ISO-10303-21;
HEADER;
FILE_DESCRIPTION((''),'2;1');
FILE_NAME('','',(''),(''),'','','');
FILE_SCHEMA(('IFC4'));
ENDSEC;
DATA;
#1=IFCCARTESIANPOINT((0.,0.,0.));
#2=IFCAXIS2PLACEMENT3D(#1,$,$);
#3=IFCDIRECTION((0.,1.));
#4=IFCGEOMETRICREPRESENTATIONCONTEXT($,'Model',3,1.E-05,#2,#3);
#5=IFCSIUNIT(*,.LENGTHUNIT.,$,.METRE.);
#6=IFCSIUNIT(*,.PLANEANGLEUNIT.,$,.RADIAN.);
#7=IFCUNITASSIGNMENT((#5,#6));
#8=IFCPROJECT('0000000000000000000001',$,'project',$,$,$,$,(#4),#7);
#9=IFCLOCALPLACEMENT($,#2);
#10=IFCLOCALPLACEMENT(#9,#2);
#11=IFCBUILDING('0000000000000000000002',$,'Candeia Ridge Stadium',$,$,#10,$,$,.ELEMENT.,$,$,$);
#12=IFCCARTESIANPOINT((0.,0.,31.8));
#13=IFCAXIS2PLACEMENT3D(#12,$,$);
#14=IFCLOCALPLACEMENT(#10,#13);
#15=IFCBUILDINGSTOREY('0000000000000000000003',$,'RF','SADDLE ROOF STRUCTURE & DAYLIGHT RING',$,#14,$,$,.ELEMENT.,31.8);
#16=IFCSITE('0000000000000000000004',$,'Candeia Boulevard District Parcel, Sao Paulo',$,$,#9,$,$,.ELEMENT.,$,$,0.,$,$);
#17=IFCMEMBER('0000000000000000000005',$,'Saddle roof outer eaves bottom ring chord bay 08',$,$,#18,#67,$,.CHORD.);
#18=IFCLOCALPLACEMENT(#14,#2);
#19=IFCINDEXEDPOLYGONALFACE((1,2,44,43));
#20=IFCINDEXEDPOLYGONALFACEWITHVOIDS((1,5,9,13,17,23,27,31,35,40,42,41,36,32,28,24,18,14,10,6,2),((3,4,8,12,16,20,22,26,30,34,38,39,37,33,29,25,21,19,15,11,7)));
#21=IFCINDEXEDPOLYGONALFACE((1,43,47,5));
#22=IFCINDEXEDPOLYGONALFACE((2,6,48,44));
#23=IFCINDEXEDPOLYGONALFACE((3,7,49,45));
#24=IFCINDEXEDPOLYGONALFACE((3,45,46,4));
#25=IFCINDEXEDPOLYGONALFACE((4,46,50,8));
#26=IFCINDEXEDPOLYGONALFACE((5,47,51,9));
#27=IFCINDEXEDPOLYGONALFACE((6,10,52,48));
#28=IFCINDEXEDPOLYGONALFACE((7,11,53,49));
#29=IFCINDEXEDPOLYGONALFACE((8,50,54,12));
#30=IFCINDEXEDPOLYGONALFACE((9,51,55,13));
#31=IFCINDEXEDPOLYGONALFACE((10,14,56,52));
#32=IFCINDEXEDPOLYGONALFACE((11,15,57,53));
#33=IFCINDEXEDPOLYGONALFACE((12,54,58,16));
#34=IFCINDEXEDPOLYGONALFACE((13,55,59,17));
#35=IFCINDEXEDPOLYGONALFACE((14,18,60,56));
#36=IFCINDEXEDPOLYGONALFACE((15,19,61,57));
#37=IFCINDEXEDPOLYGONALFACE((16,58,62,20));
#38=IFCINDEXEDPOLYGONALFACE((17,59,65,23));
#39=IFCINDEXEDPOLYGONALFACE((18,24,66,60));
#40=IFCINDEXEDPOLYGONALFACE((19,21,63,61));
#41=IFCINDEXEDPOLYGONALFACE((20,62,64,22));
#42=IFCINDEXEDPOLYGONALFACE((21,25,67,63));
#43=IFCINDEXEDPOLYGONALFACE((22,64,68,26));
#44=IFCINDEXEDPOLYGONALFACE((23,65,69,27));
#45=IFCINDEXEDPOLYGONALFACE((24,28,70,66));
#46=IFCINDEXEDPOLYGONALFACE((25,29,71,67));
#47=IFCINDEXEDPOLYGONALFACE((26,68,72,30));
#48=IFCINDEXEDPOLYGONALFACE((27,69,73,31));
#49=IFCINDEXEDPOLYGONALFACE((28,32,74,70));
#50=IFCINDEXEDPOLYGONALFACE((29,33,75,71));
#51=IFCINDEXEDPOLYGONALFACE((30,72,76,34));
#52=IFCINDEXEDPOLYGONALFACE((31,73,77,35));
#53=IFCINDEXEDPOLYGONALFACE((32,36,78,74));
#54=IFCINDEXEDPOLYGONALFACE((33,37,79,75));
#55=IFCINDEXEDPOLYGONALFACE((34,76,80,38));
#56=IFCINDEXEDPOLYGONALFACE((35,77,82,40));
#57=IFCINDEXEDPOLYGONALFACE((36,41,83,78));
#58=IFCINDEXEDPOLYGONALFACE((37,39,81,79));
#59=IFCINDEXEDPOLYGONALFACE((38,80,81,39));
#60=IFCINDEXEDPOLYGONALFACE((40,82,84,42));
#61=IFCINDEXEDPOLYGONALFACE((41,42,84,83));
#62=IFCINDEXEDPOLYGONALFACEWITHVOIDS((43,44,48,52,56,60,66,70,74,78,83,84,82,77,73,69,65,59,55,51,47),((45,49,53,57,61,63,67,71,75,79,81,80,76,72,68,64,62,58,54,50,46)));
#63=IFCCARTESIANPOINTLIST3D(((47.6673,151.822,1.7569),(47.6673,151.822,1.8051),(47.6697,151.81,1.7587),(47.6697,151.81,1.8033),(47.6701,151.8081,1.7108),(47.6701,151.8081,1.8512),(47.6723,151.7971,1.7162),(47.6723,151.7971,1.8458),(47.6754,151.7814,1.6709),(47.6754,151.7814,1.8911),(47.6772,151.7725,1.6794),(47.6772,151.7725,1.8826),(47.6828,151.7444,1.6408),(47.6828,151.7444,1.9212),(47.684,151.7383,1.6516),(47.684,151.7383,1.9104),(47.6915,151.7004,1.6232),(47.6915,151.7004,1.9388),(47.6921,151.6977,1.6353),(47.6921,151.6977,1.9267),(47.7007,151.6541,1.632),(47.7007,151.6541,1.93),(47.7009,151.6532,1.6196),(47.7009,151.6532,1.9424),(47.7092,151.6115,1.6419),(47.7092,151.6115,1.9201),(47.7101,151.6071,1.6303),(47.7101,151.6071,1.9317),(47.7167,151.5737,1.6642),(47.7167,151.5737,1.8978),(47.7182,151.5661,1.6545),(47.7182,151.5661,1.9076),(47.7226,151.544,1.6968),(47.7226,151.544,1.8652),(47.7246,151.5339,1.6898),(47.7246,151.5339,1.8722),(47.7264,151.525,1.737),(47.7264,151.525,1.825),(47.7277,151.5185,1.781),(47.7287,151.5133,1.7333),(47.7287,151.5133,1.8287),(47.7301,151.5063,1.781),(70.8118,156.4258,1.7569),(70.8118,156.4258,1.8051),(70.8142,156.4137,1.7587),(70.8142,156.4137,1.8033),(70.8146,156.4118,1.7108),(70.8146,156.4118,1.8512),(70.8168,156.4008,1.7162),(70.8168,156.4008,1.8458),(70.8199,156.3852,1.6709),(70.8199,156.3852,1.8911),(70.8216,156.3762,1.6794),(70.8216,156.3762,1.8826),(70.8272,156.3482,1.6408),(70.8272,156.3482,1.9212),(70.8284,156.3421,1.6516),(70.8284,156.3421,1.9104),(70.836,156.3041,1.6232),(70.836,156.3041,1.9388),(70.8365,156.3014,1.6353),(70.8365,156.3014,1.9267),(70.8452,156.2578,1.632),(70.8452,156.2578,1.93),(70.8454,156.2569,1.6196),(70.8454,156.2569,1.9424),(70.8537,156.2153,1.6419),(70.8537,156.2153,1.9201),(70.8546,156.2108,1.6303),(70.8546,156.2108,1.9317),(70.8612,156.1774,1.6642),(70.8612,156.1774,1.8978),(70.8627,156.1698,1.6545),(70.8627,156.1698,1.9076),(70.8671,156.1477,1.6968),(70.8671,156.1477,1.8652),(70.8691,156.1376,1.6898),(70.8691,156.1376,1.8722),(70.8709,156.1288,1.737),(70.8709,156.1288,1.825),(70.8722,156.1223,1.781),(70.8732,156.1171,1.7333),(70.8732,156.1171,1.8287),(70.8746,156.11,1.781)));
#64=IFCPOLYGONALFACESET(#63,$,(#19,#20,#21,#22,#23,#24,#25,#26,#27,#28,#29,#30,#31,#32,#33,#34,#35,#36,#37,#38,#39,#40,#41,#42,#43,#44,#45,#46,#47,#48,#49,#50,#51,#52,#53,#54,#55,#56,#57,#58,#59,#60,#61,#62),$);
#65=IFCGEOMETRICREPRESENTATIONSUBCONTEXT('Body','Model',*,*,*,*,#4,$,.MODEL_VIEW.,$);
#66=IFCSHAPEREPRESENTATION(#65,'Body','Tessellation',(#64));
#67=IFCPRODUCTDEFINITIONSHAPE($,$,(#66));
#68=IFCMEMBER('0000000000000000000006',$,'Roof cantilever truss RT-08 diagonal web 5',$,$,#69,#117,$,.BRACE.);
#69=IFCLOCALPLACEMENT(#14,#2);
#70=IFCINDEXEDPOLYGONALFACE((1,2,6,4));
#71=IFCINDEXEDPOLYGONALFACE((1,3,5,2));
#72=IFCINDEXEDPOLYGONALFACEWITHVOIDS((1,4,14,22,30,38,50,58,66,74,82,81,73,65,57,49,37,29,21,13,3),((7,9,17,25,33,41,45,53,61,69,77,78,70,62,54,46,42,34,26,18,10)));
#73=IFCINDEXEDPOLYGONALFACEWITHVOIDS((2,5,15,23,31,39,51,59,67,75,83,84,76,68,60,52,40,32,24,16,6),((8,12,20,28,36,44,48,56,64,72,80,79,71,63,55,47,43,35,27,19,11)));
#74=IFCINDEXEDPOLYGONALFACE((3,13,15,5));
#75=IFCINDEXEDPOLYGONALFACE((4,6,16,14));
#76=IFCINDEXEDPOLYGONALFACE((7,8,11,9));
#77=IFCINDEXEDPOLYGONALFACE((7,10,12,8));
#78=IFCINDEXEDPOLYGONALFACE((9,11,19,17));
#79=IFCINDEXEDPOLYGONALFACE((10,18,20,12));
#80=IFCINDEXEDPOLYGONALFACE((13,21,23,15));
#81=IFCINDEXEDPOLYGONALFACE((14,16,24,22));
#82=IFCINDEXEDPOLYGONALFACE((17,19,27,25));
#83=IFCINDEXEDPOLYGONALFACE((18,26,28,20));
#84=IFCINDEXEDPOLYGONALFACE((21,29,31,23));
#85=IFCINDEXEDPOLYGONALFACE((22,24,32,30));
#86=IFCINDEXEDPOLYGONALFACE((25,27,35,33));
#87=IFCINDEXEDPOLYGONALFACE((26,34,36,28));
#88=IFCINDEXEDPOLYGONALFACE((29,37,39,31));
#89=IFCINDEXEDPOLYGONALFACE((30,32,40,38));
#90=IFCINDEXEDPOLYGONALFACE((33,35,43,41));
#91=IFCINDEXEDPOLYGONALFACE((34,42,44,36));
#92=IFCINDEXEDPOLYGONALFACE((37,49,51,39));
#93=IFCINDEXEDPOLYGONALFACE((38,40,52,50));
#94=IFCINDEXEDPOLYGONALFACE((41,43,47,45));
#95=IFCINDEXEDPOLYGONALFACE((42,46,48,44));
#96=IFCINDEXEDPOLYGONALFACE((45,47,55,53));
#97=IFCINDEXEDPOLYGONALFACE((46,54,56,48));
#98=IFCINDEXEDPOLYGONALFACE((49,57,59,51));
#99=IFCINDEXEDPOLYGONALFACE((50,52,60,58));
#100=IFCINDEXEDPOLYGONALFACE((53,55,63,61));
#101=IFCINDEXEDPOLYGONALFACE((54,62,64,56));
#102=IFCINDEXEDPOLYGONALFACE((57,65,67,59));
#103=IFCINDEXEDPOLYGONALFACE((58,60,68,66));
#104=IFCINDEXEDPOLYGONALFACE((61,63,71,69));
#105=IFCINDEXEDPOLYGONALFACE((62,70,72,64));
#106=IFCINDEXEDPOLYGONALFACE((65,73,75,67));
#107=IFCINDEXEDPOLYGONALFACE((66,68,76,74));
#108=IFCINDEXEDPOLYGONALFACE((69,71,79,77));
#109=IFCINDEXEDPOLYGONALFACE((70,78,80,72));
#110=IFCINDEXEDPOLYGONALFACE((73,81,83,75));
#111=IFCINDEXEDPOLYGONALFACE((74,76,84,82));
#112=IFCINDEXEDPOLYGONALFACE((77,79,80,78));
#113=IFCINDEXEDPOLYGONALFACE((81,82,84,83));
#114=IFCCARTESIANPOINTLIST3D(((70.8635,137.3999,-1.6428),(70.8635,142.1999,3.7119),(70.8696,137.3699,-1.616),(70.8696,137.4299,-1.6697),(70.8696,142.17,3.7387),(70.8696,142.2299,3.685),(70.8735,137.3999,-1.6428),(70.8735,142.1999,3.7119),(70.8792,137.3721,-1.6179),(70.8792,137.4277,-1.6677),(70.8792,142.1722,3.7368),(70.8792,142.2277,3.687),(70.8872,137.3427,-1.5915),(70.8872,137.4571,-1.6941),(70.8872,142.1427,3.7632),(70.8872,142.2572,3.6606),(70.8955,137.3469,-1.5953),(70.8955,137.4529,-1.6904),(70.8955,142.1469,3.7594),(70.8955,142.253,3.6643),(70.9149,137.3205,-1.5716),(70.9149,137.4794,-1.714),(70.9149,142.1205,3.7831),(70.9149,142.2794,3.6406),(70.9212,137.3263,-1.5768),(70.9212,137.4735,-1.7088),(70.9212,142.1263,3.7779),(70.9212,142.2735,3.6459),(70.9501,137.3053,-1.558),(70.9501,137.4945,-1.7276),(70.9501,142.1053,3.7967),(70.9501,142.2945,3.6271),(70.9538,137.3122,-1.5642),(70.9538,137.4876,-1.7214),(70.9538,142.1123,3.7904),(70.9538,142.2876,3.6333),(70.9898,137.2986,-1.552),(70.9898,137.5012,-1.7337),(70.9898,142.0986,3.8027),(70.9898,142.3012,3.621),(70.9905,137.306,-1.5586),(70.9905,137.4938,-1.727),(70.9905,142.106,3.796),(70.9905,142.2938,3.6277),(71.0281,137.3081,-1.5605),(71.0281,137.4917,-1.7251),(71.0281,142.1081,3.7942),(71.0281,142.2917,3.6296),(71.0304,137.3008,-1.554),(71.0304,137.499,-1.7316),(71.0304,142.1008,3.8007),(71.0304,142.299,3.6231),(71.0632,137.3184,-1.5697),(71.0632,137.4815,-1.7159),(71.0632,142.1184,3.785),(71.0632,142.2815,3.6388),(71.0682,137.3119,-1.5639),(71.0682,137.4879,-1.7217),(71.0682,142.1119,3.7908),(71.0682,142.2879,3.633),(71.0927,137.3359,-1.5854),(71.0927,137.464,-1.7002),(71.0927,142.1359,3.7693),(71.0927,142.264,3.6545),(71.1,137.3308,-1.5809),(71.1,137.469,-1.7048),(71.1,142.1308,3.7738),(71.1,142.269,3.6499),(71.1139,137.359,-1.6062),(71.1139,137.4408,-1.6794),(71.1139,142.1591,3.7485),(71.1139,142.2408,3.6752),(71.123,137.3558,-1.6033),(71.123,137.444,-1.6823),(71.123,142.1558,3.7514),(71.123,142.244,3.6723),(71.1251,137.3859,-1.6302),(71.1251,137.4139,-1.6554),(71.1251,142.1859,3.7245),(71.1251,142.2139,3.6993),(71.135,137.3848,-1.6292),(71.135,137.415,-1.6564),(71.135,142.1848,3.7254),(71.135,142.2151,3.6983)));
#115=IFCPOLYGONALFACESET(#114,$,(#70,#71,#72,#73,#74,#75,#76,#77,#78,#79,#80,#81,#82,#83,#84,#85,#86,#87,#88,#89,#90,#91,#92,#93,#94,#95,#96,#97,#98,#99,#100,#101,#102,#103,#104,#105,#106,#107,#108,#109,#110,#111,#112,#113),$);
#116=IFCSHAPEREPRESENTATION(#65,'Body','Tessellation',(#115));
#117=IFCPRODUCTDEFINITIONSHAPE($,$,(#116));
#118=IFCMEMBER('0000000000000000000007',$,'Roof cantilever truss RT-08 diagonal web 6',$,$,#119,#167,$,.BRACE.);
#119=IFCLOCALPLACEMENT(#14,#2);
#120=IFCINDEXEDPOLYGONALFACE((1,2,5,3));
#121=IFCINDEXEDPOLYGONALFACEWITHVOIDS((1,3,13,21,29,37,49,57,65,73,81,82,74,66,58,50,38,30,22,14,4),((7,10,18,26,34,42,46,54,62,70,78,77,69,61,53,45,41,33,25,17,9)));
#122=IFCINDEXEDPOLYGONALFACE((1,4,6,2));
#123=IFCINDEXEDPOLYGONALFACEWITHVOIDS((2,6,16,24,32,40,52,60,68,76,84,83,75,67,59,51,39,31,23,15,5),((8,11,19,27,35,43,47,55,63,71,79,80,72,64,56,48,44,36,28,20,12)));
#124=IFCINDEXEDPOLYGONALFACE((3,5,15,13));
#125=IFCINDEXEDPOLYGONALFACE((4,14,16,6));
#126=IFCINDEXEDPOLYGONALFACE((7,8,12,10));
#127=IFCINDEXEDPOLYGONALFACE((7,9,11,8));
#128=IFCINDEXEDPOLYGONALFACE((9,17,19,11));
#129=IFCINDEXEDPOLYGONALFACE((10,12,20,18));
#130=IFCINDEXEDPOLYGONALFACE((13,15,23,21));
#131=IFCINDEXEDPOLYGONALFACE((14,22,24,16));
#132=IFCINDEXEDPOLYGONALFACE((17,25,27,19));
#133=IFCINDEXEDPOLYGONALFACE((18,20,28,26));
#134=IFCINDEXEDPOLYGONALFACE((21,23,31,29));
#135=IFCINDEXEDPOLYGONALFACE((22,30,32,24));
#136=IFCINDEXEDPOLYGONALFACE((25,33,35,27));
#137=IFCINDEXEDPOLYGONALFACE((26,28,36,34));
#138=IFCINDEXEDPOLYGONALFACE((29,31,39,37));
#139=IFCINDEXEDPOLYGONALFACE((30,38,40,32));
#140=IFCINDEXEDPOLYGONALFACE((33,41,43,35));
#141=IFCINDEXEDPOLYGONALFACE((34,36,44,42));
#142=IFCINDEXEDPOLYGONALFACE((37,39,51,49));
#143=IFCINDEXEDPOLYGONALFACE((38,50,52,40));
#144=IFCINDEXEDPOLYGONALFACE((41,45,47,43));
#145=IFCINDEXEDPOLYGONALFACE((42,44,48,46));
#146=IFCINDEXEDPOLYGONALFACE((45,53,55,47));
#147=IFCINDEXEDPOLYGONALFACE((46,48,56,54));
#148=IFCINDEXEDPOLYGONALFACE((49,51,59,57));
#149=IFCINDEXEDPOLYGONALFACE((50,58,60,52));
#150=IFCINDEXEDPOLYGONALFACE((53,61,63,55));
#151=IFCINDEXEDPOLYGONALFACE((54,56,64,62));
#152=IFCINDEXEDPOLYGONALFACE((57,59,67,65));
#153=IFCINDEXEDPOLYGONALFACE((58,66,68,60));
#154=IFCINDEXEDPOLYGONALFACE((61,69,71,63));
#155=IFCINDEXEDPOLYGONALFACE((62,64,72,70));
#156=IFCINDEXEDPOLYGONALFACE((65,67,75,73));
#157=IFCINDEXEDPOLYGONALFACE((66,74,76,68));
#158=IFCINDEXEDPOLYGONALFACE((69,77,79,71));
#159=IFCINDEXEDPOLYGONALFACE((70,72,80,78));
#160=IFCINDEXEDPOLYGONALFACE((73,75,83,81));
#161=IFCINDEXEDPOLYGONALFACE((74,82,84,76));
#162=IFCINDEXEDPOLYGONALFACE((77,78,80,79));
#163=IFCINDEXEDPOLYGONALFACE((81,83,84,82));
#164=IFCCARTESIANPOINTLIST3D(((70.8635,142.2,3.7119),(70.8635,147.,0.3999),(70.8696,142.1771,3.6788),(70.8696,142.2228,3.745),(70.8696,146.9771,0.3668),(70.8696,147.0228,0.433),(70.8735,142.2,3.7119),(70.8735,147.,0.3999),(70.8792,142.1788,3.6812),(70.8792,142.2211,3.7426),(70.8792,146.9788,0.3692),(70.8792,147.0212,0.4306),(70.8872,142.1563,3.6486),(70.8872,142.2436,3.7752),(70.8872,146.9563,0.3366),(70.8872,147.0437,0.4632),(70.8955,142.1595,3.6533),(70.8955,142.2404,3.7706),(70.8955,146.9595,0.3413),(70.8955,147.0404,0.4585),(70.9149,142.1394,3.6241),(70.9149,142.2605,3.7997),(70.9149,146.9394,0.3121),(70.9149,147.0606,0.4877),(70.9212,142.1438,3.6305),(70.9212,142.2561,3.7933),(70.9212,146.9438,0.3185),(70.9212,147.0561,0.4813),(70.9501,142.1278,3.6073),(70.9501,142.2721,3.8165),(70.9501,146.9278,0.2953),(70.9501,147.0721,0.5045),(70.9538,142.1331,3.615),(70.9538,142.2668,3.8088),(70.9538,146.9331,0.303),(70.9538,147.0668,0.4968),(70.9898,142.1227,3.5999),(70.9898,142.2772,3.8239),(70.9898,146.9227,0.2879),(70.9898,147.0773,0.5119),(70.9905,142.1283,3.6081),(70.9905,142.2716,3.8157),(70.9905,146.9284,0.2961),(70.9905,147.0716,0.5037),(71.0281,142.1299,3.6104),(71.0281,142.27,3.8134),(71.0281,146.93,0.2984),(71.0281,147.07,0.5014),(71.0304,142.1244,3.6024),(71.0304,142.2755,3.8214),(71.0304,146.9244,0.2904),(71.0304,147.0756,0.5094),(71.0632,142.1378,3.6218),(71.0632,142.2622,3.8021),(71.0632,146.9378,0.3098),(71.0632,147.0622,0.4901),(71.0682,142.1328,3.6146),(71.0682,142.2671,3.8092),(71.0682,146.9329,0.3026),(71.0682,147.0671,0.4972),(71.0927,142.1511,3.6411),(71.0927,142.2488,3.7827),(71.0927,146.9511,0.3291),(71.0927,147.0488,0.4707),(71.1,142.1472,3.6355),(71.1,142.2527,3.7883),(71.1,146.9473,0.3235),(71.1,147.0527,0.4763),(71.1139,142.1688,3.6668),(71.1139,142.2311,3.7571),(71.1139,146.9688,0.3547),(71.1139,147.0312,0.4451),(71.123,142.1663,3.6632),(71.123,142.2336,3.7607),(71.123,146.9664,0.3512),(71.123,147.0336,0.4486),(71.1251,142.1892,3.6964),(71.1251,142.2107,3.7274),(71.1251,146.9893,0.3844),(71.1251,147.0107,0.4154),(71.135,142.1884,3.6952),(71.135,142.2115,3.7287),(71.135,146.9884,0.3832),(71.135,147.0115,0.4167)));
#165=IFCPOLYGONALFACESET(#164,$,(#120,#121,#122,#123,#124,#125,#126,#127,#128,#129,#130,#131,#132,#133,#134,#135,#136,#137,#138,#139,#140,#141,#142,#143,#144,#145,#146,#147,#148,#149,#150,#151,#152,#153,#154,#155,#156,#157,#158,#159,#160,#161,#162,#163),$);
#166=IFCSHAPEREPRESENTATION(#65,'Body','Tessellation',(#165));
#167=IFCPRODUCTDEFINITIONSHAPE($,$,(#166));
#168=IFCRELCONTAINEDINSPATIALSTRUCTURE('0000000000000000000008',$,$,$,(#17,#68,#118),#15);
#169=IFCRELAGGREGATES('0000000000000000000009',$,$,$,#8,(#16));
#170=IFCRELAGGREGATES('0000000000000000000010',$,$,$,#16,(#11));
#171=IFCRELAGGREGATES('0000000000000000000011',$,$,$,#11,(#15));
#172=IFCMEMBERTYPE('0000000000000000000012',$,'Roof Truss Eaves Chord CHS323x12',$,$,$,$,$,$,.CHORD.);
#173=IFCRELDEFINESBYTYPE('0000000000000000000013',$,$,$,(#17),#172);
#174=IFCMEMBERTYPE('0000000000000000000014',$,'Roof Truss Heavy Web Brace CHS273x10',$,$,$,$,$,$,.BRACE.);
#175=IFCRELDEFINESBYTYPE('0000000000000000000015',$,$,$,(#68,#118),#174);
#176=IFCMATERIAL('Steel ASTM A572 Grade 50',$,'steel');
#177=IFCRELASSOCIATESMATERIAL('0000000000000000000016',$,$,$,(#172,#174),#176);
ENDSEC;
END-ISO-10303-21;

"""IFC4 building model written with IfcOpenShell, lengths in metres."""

from ifc_helpers import new_model, si_unit, direction, frame, origin, origin_2d, place, context, subcontext, project, spatial, hollow_circle, extrude, material, material_profile, profile_set, type_object, element, save


model = new_model("IFC4")

# Units and contexts
model_context = context("Model", 3, precision=1e-05, world=origin(), true_north=direction((0.0, 1.0)))
body_context = subcontext(model_context, "Body", "Model", "MODEL_VIEW")
ifc_project = project(units=[si_unit("LENGTHUNIT", "METRE"), si_unit("PLANEANGLEUNIT", "RADIAN")], contexts=[model_context])

# Site, building, storey
site_placement = place(None, origin())
site = spatial("IfcSite", under=ifc_project, at=site_placement, Name="Candeia Boulevard District Parcel, Sao Paulo", CompositionType="ELEMENT", RefElevation=0.0)
building_placement = place(site_placement, origin())
building = spatial("IfcBuilding", under=site, at=building_placement, Name="Candeia Ridge Stadium", CompositionType="ELEMENT")
storey_placement = place(building_placement, frame((0.0, 0.0, 31.8)))
storey = spatial("IfcBuildingStorey", under=building, at=storey_placement, Name="RF", Description="SADDLE ROOF STRUCTURE & DAYLIGHT RING", CompositionType="ELEMENT", Elevation=31.8)

# Shared definitions
ifc_material_1 = material(Name="Steel ASTM A572 Grade 50", Category="steel")

# Members
ifc_material_profile_1 = material_profile(ifc_material_1, hollow_circle(Radius=0.1619, WallThickness=0.0125, at=origin_2d()), Name="CHS323x12", Category="steel")
ifc_profile_set_1 = profile_set([ifc_material_profile_1], Name="Steel ASTM A572 Grade 50")
member_type_1 = type_object("IfcMemberType", Name="Roof Truss Eaves Chord CHS323x12", PredefinedType="CHORD", material=ifc_profile_set_1)
for number, where, z_axis, x_axis, name in (
    (1, (70.843, 156.2688, 1.781), (-0.980785, -0.195091, 0.0), (0.195091, -0.980785, 0.0), "Saddle roof outer eaves bottom ring chord bay 08"),
):
    element("IfcMember", number, at=place(storey_placement, frame(where, z_axis=z_axis, x_axis=x_axis)), inside=storey, type_object=member_type_1, Name=name, PredefinedType="CHORD", context=body_context, shape_type="SweptSolid", body=[
        extrude(hollow_circle(Radius=0.1619, WallThickness=0.0125, at=origin_2d()), origin(), (0.0, 0.0, 1.0), 23.5979),
    ])
ifc_material_profile_2 = material_profile(ifc_material_1, hollow_circle(Radius=0.1365, WallThickness=0.01, at=origin_2d()), Name="CHS273x10", Category="steel")
ifc_profile_set_2 = profile_set([ifc_material_profile_2], Name="Steel ASTM A572 Grade 50")
member_type_2 = type_object("IfcMemberType", Name="Roof Truss Heavy Web Brace CHS273x10", PredefinedType="BRACE", material=ifc_profile_set_2)
member_1_placement = place(storey_placement, frame((71.0, 137.3999, -1.6428), z_axis=(0.0, 0.667487, 0.744621), x_axis=(-1.0, 0.0, 0.0)))
element("IfcMember", 2, at=member_1_placement, inside=storey, type_object=member_type_2, Name="Roof cantilever truss RT-08 diagonal web 5", PredefinedType="BRACE", context=body_context, shape_type="SweptSolid", body=[
    extrude(hollow_circle(Radius=0.1365, WallThickness=0.01, at=origin_2d()), origin(), (0.0, 0.0, 1.0), 7.1912),
])
member_2_placement = place(storey_placement, frame((71.0, 142.2, 3.7119), z_axis=(0.0, 0.823082, -0.567923), x_axis=(-1.0, 0.0, 0.0)))
element("IfcMember", 3, at=member_2_placement, inside=storey, type_object=member_type_2, Name="Roof cantilever truss RT-08 diagonal web 6", PredefinedType="BRACE", context=body_context, shape_type="SweptSolid", body=[
    extrude(hollow_circle(Radius=0.1365, WallThickness=0.01, at=origin_2d()), origin(), (0.0, 0.0, 1.0), 5.8318),
])

save(model, "model.ifc")
